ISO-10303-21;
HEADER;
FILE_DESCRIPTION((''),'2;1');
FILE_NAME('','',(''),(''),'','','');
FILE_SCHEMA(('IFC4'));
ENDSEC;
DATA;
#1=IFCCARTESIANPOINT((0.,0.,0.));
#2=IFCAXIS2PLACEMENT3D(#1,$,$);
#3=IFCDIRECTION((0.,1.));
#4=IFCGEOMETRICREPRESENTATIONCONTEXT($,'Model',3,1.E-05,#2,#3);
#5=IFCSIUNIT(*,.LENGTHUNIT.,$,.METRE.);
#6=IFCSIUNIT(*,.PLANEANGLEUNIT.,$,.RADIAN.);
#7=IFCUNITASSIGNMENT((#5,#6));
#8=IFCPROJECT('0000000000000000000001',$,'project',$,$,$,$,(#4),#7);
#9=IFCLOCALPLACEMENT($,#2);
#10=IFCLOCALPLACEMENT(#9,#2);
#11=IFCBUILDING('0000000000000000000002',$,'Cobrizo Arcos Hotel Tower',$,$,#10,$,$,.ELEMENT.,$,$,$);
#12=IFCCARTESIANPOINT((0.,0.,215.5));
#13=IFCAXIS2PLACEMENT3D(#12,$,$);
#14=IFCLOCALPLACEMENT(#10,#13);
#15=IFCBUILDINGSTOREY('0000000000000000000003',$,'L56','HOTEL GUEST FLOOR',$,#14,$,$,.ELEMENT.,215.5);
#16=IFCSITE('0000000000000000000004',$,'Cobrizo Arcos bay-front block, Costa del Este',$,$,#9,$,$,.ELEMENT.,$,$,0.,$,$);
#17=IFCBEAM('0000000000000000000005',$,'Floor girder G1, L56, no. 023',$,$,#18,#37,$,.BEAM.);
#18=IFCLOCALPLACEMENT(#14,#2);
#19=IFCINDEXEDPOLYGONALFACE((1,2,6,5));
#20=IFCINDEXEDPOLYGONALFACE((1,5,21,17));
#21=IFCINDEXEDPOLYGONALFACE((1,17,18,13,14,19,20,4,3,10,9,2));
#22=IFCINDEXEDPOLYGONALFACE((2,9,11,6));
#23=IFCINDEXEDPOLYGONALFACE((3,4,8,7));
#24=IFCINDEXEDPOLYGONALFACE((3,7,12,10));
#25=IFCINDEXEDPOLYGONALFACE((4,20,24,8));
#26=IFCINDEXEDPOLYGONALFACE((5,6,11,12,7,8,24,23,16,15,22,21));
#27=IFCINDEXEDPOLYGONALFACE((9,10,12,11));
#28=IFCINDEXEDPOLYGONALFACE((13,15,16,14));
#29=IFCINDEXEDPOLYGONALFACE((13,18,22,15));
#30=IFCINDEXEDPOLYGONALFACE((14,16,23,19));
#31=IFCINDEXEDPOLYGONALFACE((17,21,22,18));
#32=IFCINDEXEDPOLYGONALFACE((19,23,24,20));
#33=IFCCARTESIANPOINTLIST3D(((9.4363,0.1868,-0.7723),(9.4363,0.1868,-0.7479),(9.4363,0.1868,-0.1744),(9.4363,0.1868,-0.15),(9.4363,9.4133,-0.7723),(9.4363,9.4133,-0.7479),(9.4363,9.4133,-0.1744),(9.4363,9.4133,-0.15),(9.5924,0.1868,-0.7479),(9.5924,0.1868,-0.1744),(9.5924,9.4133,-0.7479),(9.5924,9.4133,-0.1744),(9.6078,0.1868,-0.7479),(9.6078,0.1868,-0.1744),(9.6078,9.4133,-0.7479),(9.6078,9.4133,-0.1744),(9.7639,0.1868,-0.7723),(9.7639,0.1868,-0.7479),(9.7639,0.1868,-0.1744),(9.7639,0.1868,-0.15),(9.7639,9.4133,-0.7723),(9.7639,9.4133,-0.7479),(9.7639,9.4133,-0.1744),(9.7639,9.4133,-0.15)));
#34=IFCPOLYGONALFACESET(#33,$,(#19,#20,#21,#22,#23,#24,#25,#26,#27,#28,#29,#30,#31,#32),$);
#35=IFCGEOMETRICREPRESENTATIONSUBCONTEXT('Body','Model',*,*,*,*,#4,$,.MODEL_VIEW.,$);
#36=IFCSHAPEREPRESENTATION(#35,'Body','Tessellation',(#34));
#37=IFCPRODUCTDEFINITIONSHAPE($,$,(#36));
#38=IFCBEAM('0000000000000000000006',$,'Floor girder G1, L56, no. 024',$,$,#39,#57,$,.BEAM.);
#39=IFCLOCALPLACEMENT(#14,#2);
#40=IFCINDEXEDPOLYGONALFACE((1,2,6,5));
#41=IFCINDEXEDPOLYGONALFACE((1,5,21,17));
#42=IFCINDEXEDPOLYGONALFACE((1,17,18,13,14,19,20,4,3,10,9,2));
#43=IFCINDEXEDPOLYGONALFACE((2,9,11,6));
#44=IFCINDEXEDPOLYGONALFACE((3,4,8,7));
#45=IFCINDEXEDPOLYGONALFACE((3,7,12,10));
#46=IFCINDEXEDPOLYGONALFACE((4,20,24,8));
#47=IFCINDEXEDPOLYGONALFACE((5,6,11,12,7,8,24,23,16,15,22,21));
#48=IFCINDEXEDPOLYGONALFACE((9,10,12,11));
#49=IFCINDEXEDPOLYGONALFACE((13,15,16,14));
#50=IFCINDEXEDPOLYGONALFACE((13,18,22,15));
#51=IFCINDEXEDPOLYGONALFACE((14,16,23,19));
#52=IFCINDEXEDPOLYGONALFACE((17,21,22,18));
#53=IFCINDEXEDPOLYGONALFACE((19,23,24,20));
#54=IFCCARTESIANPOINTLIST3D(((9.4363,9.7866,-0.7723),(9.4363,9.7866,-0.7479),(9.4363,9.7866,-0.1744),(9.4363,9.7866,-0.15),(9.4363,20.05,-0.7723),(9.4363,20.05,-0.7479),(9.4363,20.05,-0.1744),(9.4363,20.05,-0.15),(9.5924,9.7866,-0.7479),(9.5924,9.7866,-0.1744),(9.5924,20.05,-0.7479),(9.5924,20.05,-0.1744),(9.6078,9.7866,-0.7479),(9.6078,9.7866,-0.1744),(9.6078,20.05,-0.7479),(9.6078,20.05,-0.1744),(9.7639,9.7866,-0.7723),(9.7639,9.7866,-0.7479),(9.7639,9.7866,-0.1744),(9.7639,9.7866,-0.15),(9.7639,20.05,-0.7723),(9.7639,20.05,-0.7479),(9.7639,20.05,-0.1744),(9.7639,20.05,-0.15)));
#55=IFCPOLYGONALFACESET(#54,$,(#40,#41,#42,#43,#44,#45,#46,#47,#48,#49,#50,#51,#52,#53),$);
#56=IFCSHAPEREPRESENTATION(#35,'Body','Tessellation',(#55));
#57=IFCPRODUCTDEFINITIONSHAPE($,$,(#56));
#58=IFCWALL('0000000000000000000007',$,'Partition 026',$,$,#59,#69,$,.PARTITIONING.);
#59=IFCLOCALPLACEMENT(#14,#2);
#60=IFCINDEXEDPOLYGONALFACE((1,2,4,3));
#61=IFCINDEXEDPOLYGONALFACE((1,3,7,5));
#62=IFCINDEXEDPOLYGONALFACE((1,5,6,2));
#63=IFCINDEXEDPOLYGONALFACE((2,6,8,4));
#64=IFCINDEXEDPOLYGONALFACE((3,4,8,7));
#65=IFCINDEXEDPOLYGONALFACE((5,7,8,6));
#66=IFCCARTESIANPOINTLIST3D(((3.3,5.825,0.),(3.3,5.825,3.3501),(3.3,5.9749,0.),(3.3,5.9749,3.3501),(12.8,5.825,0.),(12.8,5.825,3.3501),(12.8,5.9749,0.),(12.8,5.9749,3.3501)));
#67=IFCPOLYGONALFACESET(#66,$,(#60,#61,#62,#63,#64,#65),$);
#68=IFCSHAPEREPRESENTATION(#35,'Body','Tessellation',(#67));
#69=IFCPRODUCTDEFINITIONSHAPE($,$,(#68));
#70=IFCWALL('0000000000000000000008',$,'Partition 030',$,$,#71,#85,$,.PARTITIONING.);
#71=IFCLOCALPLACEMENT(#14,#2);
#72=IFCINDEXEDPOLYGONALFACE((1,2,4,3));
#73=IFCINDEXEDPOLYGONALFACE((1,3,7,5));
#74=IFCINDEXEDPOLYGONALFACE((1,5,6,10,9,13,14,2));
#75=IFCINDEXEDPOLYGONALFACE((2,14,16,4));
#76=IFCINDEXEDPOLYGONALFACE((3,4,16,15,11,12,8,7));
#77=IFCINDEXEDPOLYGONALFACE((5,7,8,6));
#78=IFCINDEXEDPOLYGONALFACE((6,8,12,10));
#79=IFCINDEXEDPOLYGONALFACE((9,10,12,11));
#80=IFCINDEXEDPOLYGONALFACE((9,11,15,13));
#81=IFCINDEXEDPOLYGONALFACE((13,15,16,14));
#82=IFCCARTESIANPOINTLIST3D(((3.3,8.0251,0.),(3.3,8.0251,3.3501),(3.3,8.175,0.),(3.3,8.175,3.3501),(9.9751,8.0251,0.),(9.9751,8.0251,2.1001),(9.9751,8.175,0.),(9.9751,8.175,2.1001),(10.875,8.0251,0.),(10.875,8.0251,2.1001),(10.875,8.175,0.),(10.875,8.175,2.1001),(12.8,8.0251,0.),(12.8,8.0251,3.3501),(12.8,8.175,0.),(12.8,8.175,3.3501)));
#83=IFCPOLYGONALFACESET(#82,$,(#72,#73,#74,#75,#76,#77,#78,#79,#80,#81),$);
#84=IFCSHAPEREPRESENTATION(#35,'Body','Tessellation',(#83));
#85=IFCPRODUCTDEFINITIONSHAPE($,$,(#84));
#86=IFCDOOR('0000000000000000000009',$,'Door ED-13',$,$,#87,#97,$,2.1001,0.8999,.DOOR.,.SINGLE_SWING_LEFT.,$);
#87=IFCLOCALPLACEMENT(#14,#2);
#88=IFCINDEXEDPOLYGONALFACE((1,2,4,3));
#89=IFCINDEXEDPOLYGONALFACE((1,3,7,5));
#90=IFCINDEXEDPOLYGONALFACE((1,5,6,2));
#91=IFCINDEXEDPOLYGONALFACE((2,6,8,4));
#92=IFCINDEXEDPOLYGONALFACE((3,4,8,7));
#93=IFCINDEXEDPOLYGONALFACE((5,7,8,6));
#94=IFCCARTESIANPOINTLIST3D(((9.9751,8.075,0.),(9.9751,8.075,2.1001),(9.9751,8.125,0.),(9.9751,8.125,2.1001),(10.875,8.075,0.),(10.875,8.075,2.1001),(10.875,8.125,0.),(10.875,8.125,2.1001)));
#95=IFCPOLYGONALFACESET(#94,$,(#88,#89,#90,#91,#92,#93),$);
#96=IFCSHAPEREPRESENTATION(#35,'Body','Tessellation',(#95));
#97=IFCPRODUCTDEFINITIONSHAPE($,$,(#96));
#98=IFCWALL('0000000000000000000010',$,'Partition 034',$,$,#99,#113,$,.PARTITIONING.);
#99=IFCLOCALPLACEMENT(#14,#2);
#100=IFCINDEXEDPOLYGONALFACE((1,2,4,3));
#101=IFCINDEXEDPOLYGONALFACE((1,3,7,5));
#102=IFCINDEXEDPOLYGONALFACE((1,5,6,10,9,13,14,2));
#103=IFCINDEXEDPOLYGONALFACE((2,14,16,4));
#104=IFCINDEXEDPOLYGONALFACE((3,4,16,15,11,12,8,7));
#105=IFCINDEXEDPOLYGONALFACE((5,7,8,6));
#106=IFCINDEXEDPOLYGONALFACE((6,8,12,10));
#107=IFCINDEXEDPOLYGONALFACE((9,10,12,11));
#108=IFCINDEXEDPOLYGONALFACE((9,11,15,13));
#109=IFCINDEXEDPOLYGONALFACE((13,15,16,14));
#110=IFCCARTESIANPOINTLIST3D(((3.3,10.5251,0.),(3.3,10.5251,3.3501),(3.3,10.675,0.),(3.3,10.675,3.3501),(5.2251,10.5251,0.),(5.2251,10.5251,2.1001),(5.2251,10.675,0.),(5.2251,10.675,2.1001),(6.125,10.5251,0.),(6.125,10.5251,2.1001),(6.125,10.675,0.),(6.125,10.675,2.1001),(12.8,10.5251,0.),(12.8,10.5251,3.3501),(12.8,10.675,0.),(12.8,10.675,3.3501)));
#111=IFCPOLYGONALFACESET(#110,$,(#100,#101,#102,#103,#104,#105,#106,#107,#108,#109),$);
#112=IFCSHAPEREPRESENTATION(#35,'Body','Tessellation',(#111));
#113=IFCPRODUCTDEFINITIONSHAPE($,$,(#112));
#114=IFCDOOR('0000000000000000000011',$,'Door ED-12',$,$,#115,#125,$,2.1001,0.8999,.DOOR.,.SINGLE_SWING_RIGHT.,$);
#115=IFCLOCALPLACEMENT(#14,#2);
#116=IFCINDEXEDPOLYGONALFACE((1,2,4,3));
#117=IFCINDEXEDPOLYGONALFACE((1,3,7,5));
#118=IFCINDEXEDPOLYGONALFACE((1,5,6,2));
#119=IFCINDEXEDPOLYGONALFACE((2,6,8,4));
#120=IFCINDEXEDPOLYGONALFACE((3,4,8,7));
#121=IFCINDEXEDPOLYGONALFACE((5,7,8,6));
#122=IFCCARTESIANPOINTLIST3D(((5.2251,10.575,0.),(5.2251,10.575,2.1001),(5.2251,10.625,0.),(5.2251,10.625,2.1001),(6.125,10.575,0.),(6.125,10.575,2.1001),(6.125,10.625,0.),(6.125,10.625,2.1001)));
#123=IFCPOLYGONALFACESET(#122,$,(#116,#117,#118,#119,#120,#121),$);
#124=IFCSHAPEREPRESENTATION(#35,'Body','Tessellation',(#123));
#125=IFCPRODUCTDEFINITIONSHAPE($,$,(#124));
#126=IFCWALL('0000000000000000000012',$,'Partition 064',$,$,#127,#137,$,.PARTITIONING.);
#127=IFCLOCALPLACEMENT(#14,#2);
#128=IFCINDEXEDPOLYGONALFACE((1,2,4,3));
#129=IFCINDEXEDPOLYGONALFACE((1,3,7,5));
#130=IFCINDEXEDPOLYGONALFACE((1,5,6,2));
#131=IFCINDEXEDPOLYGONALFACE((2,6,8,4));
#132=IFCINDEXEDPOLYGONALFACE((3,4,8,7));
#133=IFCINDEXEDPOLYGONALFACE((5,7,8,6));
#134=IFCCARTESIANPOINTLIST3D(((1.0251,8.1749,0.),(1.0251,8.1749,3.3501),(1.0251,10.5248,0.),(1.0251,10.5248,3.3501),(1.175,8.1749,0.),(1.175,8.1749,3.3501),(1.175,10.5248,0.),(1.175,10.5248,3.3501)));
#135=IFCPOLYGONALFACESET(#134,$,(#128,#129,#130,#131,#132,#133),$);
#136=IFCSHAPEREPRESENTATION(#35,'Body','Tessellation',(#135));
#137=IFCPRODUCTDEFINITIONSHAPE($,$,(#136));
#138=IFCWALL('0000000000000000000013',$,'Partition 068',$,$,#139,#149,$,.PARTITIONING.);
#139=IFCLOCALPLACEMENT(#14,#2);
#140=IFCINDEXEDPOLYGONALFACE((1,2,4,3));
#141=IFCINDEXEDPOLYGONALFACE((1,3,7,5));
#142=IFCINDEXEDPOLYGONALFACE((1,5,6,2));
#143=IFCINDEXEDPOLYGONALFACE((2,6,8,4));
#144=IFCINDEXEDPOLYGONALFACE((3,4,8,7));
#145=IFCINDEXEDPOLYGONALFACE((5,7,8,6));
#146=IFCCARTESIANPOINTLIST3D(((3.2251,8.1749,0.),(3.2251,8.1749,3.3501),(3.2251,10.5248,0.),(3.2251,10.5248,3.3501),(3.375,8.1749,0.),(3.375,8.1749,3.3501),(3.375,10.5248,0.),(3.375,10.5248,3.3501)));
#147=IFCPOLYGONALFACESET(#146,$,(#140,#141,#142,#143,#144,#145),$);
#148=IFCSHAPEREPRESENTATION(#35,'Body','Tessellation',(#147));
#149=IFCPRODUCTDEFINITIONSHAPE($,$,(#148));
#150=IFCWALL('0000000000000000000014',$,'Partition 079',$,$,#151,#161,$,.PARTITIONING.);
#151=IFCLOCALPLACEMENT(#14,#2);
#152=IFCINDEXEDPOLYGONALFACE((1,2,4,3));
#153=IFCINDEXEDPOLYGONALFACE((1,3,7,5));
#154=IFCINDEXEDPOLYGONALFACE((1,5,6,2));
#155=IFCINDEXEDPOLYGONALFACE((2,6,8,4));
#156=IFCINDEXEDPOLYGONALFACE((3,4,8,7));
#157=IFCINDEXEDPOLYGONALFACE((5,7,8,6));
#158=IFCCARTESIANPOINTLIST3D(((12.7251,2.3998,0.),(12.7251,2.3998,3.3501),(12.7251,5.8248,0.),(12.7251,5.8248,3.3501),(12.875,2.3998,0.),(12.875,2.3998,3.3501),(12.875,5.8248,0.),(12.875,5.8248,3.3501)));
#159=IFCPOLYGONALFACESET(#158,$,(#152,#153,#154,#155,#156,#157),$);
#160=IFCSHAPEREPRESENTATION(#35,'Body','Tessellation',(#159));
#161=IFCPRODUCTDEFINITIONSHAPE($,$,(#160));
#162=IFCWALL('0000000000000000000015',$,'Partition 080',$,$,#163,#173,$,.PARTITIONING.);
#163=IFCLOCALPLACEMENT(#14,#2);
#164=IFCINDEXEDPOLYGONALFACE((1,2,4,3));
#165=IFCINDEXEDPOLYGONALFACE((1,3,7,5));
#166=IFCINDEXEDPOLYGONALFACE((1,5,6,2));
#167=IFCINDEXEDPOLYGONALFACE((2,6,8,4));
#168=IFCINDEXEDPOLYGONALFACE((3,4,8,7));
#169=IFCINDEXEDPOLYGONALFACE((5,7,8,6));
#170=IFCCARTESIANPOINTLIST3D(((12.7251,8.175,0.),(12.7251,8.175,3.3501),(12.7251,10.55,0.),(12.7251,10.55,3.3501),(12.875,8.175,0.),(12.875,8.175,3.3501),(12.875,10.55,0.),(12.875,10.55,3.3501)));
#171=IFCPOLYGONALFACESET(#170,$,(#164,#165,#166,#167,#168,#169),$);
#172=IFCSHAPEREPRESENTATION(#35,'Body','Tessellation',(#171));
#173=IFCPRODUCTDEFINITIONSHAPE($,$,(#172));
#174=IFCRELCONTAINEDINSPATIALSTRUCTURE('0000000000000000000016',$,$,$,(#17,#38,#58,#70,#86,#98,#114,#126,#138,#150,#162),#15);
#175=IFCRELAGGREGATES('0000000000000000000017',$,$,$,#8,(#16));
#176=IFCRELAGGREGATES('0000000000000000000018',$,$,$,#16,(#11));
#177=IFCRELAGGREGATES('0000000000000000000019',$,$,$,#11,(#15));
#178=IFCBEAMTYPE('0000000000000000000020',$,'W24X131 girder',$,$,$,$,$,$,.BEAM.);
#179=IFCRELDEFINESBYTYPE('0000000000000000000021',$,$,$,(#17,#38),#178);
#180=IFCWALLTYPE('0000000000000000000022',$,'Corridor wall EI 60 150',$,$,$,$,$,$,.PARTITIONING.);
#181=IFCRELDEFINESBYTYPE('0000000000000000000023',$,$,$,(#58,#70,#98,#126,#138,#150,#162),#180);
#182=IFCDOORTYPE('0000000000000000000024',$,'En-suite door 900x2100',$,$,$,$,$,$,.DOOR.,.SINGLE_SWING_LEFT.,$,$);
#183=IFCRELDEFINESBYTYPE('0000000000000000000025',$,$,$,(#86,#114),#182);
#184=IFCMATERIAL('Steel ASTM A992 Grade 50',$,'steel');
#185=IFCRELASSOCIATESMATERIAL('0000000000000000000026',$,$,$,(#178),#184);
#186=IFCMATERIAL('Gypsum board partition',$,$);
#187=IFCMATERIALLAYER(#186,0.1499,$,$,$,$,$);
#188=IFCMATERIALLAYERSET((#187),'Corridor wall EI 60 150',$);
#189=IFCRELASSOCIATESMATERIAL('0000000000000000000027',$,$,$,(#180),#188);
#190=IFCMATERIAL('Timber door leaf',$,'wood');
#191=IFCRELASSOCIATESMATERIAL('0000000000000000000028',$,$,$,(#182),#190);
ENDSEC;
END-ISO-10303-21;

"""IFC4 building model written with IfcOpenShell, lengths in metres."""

from ifc_helpers import new_model, si_unit, direction, frame, frame_2d, origin, origin_2d, place, context, subcontext, project, spatial, rectangle, i_section, extrude, material, layer, layer_set, material_profile, profile_set, type_object, element, fill, save


model = new_model("IFC4")

# Units and contexts
model_context = context("Model", 3, precision=1e-05, world=origin(), true_north=direction((0.0, 1.0)))
body_context = subcontext(model_context, "Body", "Model", "MODEL_VIEW")
ifc_project = project(units=[si_unit("LENGTHUNIT", "METRE"), si_unit("PLANEANGLEUNIT", "RADIAN")], contexts=[model_context])

# Site, building, storey
site_placement = place(None, origin())
site = spatial("IfcSite", under=ifc_project, at=site_placement, Name="Cobrizo Arcos bay-front block, Costa del Este", CompositionType="ELEMENT", RefElevation=0.0)
building_placement = place(site_placement, origin())
building = spatial("IfcBuilding", under=site, at=building_placement, Name="Cobrizo Arcos Hotel Tower", CompositionType="ELEMENT")
storey_placement = place(building_placement, frame((0.0, 0.0, 215.5)))
storey = spatial("IfcBuildingStorey", under=building, at=storey_placement, Name="L56", Description="HOTEL GUEST FLOOR", CompositionType="ELEMENT", Elevation=215.5)

# Shared definitions
ifc_material_1 = material(Name="Steel ASTM A992 Grade 50", Category="steel")

# Beams
ifc_material_profile_1 = material_profile(ifc_material_1, i_section(OverallWidth=0.3276, OverallDepth=0.6223, WebThickness=0.0154, FlangeThickness=0.0244, at=origin_2d()), Name="W24X131")
ifc_profile_set_1 = profile_set([ifc_material_profile_1], Name="Steel ASTM A992 Grade 50")
beam_type_1 = type_object("IfcBeamType", Name="W24X131 girder", PredefinedType="BEAM", material=ifc_profile_set_1)
beam_1_placement = place(storey_placement, frame((9.6001, 0.1868, -0.4612), z_axis=(0.0, 1.0, 0.0), x_axis=(-1.0, 0.0, 0.0)))
element("IfcBeam", 1, at=beam_1_placement, inside=storey, type_object=beam_type_1, Name="Floor girder G1, L56, no. 023", PredefinedType="BEAM", context=body_context, shape_type="SweptSolid", body=[
    extrude(i_section(OverallWidth=0.3276, OverallDepth=0.6223, WebThickness=0.0154, FlangeThickness=0.0244, at=origin_2d()), origin(), (0.0, 0.0, 1.0), 9.2266),
])
beam_2_placement = place(storey_placement, frame((9.6001, 9.7866, -0.4612), z_axis=(0.0, 1.0, 0.0), x_axis=(-1.0, 0.0, 0.0)))
element("IfcBeam", 2, at=beam_2_placement, inside=storey, type_object=beam_type_1, Name="Floor girder G1, L56, no. 024", PredefinedType="BEAM", context=body_context, shape_type="SweptSolid", body=[
    extrude(i_section(OverallWidth=0.3276, OverallDepth=0.6223, WebThickness=0.0154, FlangeThickness=0.0244, at=origin_2d()), origin(), (0.0, 0.0, 1.0), 10.2634),
])

# Wall
ifc_material_2 = material(Name="Gypsum board partition")
ifc_layer_1 = layer(ifc_material_2, 0.1499)
ifc_layer_set_1 = layer_set([ifc_layer_1], Name="Corridor wall EI 60 150")
wall_type_1 = type_object("IfcWallType", Name="Corridor wall EI 60 150", PredefinedType="PARTITIONING", material=ifc_layer_set_1)
wall_1_placement = place(storey_placement, frame((3.3, 5.8999, 0.0), z_axis=(0.0, 0.0, 1.0), x_axis=(1.0, 0.0, 0.0)))
element("IfcWall", 3, at=wall_1_placement, inside=storey, type_object=wall_type_1, Name="Partition 026", PredefinedType="PARTITIONING", context=body_context, shape_type="SweptSolid", body=[
    extrude(rectangle(XDim=9.5, YDim=0.1499, at=frame_2d((4.75, 0.0))), origin(), (0.0, 0.0, 1.0), 3.3501),
])

# Walls, openings, doors
wall_2_placement = place(storey_placement, frame((3.3, 8.1001, 0.0), z_axis=(0.0, 0.0, 1.0), x_axis=(1.0, 0.0, 0.0)))
wall_2 = element("IfcWall", 4, at=wall_2_placement, inside=storey, type_object=wall_type_1, Name="Partition 030", PredefinedType="PARTITIONING", context=body_context, shape_type="SweptSolid", body=[
    extrude(rectangle(XDim=9.5, YDim=0.1499, at=frame_2d((4.75, 0.0))), origin(), (0.0, 0.0, 1.0), 3.3501),
])
opening_1_placement = place(wall_2_placement, frame((6.675, 0.0, 0.0)))
opening_1 = element("IfcOpeningElement", 5, at=opening_1_placement, cuts=wall_2, PredefinedType="OPENING", context=body_context, shape_type="SweptSolid", body=[
    extrude(rectangle(XDim=0.8999, YDim=2.1001, at=frame_2d((0.45, 1.05))), frame((0.0, 0.0869, 0.0), z_axis=(0.0, -1.0, 0.0), x_axis=(1.0, 0.0, 0.0)), (0.0, 0.0, 1.0), 0.1738),
])
ifc_material_3 = material(Name="Timber door leaf", Category="wood")
door_type_1 = type_object("IfcDoorType", Name="En-suite door 900x2100", OperationType="SINGLE_SWING_LEFT", PredefinedType="DOOR", material=ifc_material_3)
door_1_placement = place(opening_1_placement, origin())
door_1 = element("IfcDoor", 6, at=door_1_placement, inside=storey, type_object=door_type_1, Name="Door ED-13", OperationType="SINGLE_SWING_LEFT", OverallHeight=2.1001, OverallWidth=0.8999, PredefinedType="DOOR", context=body_context, shape_type="SweptSolid", body=[
    extrude(rectangle(XDim=0.8999, YDim=2.1001, at=frame_2d((0.45, 1.05))), frame((0.0, 0.0249, 0.0), z_axis=(0.0, -1.0, 0.0), x_axis=(1.0, 0.0, 0.0)), (0.0, 0.0, 1.0), 0.05),
])
fill(opening_1, door_1)
wall_3_placement = place(storey_placement, frame((3.3, 10.6001, 0.0), z_axis=(0.0, 0.0, 1.0), x_axis=(1.0, 0.0, 0.0)))
wall_3 = element("IfcWall", 7, at=wall_3_placement, inside=storey, type_object=wall_type_1, Name="Partition 034", PredefinedType="PARTITIONING", context=body_context, shape_type="SweptSolid", body=[
    extrude(rectangle(XDim=9.5, YDim=0.1499, at=frame_2d((4.75, 0.0))), origin(), (0.0, 0.0, 1.0), 3.3501),
])
opening_2_placement = place(wall_3_placement, frame((1.925, 0.0, 0.0)))
opening_2 = element("IfcOpeningElement", 8, at=opening_2_placement, cuts=wall_3, PredefinedType="OPENING", context=body_context, shape_type="SweptSolid", body=[
    extrude(rectangle(XDim=0.8999, YDim=2.1001, at=frame_2d((0.45, 1.05))), frame((0.0, 0.0869, 0.0), z_axis=(0.0, -1.0, 0.0), x_axis=(1.0, 0.0, 0.0)), (0.0, 0.0, 1.0), 0.1738),
])
door_2_placement = place(opening_2_placement, origin())
door_2 = element("IfcDoor", 9, at=door_2_placement, inside=storey, type_object=door_type_1, Name="Door ED-12", OperationType="SINGLE_SWING_RIGHT", OverallHeight=2.1001, OverallWidth=0.8999, PredefinedType="DOOR", context=body_context, shape_type="SweptSolid", body=[
    extrude(rectangle(XDim=0.8999, YDim=2.1001, at=frame_2d((0.45, 1.05))), frame((0.0, 0.0249, 0.0), z_axis=(0.0, -1.0, 0.0), x_axis=(1.0, 0.0, 0.0)), (0.0, 0.0, 1.0), 0.05),
])
fill(opening_2, door_2)

# Walls
for number, where, z_axis, x_axis, name in (
    (10, (1.1001, 8.175, 0.0), (0.0, 0.0, 1.0), (0.0, 1.0, 0.0), "Partition 064"),
    (11, (3.3, 8.175, 0.0), (0.0, 0.0, 1.0), (0.0, 1.0, 0.0), "Partition 068"),
):
    element("IfcWall", number, at=place(storey_placement, frame(where, z_axis=z_axis, x_axis=x_axis)), inside=storey, type_object=wall_type_1, Name=name, PredefinedType="PARTITIONING", context=body_context, shape_type="SweptSolid", body=[
        extrude(rectangle(XDim=2.3499, YDim=0.1499, at=frame_2d((1.1748, 0.0))), origin(), (0.0, 0.0, 1.0), 3.3501),
    ])
wall_4_placement = place(storey_placement, frame((12.8, 2.3999, 0.0), z_axis=(0.0, 0.0, 1.0), x_axis=(0.0, 1.0, 0.0)))
element("IfcWall", 12, at=wall_4_placement, inside=storey, type_object=wall_type_1, Name="Partition 079", PredefinedType="PARTITIONING", context=body_context, shape_type="SweptSolid", body=[
    extrude(rectangle(XDim=3.425, YDim=0.1499, at=frame_2d((1.7124, 0.0))), origin(), (0.0, 0.0, 1.0), 3.3501),
])
wall_5_placement = place(storey_placement, frame((12.8, 8.175, 0.0), z_axis=(0.0, 0.0, 1.0), x_axis=(0.0, 1.0, 0.0)))
element("IfcWall", 13, at=wall_5_placement, inside=storey, type_object=wall_type_1, Name="Partition 080", PredefinedType="PARTITIONING", context=body_context, shape_type="SweptSolid", body=[
    extrude(rectangle(XDim=2.375, YDim=0.1499, at=frame_2d((1.1875, 0.0))), origin(), (0.0, 0.0, 1.0), 3.3501),
])

save(model, "model.ifc")
